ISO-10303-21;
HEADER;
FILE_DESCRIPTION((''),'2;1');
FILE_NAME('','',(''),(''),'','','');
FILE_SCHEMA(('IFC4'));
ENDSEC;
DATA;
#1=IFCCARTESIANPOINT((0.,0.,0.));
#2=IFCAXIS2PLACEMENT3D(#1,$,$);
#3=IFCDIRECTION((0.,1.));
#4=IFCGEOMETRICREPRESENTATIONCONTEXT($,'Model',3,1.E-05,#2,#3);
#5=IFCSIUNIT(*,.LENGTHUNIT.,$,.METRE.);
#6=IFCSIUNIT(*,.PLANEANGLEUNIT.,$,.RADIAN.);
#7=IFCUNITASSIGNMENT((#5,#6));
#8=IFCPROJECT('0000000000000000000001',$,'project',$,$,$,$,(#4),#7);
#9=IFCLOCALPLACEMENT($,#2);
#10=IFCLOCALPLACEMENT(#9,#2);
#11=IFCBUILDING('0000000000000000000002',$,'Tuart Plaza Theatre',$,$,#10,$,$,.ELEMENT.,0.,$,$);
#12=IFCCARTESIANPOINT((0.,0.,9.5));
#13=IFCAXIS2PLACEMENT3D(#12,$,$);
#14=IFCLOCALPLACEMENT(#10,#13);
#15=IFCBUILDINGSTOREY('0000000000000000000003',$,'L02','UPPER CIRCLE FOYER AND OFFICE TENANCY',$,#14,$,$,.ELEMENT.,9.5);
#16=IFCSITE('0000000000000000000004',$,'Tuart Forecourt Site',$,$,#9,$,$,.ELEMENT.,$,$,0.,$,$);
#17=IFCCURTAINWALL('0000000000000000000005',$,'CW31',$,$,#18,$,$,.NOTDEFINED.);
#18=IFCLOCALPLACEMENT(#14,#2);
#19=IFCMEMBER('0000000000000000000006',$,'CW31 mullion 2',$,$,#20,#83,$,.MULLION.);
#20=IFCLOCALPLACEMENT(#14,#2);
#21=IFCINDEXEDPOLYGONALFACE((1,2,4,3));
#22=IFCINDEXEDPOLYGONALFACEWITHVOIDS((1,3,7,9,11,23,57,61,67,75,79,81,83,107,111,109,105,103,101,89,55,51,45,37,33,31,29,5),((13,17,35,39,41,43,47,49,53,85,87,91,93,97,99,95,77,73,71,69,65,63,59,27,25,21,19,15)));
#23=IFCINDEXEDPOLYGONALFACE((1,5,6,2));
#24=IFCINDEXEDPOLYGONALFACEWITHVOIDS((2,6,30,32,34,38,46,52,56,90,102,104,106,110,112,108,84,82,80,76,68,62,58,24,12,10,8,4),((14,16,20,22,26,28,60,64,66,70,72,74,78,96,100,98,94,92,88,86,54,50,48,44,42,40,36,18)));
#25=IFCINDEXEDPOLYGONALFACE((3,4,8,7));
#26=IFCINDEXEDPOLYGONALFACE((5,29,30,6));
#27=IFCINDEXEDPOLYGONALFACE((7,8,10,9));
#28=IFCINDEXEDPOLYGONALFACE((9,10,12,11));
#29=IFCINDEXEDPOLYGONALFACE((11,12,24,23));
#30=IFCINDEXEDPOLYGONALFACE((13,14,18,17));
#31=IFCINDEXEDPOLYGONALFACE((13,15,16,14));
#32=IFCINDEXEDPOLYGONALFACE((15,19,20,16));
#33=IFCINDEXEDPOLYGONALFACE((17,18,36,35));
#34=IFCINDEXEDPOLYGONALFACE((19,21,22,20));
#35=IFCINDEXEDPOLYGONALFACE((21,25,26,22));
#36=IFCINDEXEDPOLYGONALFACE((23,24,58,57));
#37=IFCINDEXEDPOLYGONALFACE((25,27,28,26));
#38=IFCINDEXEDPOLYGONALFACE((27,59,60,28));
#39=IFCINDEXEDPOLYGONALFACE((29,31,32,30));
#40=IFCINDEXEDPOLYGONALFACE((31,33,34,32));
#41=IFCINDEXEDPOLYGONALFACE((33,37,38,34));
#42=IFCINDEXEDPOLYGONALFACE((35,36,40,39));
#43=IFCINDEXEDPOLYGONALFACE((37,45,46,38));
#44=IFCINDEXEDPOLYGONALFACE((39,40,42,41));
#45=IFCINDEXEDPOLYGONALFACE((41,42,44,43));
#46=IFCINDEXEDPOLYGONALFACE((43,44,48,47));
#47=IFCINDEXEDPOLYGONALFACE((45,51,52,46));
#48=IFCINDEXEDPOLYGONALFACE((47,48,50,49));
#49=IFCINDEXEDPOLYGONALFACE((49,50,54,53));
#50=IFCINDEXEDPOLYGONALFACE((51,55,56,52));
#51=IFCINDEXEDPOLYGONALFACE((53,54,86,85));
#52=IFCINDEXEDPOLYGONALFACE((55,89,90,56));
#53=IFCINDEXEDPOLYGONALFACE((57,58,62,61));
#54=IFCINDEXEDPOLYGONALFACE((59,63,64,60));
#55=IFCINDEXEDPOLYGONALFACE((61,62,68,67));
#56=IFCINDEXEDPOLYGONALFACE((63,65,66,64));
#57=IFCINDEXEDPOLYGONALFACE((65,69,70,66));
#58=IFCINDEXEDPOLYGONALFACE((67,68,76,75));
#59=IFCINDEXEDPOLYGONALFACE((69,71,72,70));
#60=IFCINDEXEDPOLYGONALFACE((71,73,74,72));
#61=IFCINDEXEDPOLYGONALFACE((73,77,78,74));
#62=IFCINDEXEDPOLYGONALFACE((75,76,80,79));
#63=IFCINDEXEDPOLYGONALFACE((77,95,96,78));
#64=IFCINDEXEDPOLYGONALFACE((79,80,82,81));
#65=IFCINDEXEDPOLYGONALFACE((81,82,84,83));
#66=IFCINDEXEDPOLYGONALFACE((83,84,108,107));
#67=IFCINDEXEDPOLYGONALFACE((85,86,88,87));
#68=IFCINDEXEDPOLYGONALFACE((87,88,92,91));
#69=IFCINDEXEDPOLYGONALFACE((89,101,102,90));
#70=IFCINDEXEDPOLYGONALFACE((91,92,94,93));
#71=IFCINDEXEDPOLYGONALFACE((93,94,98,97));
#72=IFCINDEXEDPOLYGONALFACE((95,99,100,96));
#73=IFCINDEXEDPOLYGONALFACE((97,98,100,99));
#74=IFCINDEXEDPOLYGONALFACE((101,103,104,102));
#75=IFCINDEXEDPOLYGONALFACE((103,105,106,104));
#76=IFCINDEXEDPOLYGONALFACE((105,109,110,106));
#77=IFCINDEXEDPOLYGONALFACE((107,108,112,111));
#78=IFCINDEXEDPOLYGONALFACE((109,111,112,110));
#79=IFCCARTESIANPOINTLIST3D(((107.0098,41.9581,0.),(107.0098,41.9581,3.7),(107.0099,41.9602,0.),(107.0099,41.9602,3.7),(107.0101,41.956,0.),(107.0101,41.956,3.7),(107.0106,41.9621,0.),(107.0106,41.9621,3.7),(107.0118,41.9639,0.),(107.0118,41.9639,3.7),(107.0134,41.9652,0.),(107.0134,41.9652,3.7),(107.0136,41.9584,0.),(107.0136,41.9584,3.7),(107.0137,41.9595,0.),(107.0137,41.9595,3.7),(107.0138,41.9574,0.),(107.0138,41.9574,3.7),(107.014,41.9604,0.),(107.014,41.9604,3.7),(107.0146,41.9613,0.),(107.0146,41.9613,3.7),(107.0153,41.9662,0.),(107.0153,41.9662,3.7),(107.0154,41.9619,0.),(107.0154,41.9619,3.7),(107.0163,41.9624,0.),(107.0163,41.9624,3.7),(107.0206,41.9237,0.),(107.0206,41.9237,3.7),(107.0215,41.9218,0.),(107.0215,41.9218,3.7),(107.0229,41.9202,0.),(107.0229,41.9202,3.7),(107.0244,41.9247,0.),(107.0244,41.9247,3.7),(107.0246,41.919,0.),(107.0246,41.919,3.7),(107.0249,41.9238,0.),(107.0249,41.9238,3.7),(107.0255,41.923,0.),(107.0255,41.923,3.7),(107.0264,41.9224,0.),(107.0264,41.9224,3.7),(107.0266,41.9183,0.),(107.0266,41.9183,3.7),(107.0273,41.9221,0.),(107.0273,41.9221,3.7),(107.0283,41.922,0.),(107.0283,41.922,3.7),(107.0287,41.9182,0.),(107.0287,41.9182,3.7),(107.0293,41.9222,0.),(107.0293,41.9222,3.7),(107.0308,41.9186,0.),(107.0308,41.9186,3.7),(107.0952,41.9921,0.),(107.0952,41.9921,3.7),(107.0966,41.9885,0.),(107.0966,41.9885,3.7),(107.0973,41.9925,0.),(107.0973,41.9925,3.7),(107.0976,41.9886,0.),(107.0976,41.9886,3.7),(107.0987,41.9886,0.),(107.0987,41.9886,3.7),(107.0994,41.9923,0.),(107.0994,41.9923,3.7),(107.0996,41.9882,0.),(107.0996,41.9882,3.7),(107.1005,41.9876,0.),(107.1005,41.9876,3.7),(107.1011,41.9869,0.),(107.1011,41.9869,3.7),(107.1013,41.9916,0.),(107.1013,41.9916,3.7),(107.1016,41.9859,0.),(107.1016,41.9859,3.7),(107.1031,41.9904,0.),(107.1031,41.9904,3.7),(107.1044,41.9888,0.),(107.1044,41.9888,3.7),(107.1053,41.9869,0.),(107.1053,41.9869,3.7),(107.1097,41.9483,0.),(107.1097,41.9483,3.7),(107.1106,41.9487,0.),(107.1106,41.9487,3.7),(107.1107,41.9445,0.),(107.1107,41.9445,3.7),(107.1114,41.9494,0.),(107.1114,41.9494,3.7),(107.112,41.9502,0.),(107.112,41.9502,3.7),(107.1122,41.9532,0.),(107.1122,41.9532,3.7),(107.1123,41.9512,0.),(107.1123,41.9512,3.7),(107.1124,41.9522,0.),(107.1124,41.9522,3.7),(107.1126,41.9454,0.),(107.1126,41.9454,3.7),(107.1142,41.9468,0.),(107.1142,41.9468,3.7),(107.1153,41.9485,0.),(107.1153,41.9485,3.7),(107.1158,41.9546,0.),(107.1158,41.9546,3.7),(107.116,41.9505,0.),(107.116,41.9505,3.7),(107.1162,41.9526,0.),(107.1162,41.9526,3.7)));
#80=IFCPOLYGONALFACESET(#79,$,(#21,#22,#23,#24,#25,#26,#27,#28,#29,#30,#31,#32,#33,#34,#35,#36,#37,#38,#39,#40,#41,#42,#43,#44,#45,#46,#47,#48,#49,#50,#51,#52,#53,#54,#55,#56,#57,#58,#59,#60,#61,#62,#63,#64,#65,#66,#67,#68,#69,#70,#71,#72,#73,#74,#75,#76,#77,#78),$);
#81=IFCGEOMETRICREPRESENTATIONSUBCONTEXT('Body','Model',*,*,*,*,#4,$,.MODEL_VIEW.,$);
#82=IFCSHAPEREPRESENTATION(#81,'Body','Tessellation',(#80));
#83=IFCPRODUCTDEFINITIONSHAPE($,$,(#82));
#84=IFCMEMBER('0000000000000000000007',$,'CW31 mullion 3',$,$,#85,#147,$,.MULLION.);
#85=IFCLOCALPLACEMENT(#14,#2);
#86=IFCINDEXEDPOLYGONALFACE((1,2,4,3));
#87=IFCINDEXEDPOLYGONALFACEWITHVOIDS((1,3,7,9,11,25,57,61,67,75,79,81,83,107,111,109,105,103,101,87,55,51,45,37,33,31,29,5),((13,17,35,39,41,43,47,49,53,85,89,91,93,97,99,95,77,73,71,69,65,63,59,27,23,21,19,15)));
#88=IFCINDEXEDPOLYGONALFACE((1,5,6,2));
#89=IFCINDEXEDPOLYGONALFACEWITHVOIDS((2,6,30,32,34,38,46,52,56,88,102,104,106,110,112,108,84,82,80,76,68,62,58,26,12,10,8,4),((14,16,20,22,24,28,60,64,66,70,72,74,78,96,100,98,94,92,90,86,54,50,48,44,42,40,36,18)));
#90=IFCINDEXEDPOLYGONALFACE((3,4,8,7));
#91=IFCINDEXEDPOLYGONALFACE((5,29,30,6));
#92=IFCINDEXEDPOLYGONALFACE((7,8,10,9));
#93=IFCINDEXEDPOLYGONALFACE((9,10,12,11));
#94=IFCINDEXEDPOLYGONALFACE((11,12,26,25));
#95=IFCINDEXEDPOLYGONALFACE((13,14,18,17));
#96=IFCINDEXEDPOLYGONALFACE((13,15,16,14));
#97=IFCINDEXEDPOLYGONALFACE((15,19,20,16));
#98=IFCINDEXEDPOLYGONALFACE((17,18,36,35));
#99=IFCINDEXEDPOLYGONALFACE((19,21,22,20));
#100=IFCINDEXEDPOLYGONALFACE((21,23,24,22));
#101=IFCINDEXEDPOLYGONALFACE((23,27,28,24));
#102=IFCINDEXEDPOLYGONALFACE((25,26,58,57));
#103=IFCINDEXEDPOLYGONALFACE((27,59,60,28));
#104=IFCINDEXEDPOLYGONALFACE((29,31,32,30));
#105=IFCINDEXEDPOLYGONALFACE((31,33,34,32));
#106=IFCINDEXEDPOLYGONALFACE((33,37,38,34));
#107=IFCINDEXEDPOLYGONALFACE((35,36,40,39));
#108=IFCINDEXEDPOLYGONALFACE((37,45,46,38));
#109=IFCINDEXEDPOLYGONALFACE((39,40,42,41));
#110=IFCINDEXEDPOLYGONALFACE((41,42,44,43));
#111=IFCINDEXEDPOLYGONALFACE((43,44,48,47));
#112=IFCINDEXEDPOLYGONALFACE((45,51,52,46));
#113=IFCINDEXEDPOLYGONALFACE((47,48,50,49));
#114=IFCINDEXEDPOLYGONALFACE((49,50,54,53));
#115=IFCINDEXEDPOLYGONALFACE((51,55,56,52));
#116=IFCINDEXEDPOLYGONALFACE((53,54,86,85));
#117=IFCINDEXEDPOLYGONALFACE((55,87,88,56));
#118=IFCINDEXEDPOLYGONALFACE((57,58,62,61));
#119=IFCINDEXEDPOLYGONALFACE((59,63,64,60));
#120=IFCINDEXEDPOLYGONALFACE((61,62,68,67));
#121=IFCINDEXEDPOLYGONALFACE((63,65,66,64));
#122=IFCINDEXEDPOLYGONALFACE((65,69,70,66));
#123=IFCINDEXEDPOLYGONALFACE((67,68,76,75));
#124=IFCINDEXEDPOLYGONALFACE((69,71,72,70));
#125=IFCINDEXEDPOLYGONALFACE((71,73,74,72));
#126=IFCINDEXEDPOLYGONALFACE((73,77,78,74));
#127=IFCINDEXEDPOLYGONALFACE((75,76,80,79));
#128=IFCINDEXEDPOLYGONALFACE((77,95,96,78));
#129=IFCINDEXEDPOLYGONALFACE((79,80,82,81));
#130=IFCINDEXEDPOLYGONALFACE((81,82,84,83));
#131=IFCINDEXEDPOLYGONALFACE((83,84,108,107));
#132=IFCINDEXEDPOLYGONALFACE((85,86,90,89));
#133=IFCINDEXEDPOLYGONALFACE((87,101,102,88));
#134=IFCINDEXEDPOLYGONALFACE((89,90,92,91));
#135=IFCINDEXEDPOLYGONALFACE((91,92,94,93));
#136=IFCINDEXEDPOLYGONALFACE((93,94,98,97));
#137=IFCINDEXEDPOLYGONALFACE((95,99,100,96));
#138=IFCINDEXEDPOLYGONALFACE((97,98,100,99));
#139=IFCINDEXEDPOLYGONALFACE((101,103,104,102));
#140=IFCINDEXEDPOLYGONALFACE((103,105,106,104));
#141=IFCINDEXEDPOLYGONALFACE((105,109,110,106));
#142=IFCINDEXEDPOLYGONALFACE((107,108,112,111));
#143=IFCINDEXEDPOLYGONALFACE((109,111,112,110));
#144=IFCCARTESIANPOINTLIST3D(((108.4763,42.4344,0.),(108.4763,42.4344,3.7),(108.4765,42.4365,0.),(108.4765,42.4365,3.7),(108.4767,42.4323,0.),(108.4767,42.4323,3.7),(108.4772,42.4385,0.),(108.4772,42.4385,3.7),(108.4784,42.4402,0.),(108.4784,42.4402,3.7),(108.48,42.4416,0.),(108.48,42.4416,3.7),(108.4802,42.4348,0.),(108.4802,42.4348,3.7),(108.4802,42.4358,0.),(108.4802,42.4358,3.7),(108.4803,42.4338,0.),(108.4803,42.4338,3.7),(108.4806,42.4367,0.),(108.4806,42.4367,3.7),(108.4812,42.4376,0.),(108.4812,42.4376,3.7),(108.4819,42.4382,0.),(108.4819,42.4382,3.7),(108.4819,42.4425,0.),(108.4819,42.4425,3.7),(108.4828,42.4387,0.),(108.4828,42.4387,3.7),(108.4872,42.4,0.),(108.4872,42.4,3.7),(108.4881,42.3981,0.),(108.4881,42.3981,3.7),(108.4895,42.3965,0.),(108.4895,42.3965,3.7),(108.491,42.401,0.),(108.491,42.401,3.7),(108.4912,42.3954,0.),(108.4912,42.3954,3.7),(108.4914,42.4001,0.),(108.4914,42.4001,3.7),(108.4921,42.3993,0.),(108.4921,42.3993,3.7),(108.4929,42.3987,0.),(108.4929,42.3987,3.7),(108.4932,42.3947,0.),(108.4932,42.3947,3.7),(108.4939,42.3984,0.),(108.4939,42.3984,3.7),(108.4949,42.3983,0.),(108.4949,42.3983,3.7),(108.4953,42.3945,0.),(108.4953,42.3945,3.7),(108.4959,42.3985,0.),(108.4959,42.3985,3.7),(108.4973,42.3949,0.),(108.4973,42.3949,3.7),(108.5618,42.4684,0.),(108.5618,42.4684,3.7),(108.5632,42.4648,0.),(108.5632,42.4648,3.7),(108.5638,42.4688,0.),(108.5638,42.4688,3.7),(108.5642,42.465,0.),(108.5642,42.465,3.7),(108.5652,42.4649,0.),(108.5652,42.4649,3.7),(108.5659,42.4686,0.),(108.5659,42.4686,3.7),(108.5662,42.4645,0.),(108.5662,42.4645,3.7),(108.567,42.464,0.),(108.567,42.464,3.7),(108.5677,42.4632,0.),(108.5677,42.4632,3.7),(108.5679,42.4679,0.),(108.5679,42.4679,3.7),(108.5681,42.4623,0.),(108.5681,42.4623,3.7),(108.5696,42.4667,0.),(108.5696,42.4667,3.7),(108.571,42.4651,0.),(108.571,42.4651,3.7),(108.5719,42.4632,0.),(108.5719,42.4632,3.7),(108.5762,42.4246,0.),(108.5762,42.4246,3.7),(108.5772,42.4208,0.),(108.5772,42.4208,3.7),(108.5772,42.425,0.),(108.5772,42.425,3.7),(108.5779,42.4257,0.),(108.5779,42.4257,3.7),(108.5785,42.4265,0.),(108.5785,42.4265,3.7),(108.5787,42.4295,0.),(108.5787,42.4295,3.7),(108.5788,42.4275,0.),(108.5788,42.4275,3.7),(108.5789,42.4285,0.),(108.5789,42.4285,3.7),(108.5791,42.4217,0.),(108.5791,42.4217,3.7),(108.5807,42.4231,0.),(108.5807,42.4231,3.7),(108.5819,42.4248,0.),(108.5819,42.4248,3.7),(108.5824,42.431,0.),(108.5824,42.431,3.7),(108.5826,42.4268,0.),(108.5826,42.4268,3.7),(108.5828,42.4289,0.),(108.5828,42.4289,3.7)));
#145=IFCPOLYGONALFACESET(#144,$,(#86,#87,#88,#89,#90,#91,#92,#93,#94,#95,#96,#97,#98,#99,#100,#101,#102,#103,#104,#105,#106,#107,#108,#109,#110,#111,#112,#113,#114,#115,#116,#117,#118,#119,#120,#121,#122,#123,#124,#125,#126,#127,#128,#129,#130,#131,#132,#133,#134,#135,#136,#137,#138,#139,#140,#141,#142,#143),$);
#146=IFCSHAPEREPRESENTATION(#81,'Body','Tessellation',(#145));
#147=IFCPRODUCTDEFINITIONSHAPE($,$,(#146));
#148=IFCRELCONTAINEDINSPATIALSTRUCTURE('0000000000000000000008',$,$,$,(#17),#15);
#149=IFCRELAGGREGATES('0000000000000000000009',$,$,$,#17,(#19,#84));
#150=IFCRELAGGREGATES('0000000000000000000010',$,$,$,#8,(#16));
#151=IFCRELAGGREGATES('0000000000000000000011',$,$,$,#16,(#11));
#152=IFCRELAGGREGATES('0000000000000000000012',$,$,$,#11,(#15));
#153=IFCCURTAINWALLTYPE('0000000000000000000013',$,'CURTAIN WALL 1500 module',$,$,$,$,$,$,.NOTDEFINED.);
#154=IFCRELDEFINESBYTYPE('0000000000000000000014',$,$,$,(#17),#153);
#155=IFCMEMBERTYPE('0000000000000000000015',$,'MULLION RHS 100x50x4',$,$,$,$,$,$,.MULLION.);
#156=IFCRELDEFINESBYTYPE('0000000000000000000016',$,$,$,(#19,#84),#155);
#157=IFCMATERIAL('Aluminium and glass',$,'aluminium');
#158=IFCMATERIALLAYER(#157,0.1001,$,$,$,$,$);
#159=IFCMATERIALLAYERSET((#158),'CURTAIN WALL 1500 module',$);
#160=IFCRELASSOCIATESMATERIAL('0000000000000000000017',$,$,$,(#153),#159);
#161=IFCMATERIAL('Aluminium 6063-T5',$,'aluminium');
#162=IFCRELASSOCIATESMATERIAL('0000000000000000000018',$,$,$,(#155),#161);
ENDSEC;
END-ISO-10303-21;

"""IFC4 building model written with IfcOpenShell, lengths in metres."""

from ifc_helpers import new_model, si_unit, direction, frame, origin, origin_2d, place, context, subcontext, project, spatial, hollow_rectangle, extrude, material, layer, layer_set, material_profile, profile_set, type_object, element, aggregate, save


model = new_model("IFC4")

# Units and contexts
model_context = context("Model", 3, precision=1e-05, world=origin(), true_north=direction((0.0, 1.0)))
body_context = subcontext(model_context, "Body", "Model", "MODEL_VIEW")
ifc_project = project(units=[si_unit("LENGTHUNIT", "METRE"), si_unit("PLANEANGLEUNIT", "RADIAN")], contexts=[model_context])

# Site, building, storey
site_placement = place(None, origin())
site = spatial("IfcSite", under=ifc_project, at=site_placement, Name="Tuart Forecourt Site", CompositionType="ELEMENT", RefElevation=0.0)
building_placement = place(site_placement, origin())
building = spatial("IfcBuilding", under=site, at=building_placement, Name="Tuart Plaza Theatre", CompositionType="ELEMENT", ElevationOfRefHeight=0.0)
storey_placement = place(building_placement, frame((0.0, 0.0, 9.5)))
storey = spatial("IfcBuildingStorey", under=building, at=storey_placement, Name="L02", Description="UPPER CIRCLE FOYER AND OFFICE TENANCY", CompositionType="ELEMENT", Elevation=9.5)

# Curtain wall, members
ifc_material_1 = material(Name="Aluminium and glass", Category="aluminium")
ifc_layer_1 = layer(ifc_material_1, 0.1001)
ifc_layer_set_1 = layer_set([ifc_layer_1], Name="CURTAIN WALL 1500 module")
curtain_wall_type = type_object("IfcCurtainWallType", Name="CURTAIN WALL 1500 module", PredefinedType="NOTDEFINED", material=ifc_layer_set_1)
curtain_wall_1_placement = place(storey_placement, origin())
curtain_wall_1 = element("IfcCurtainWall", 1, at=curtain_wall_1_placement, inside=storey, type_object=curtain_wall_type, Name="CW31", PredefinedType="NOTDEFINED")
ifc_material_2 = material(Name="Aluminium 6063-T5", Category="aluminium")
ifc_material_profile_1 = material_profile(ifc_material_2, hollow_rectangle(XDim=0.05, YDim=0.1001, WallThickness=0.0039, InnerFilletRadius=0.0039, OuterFilletRadius=0.0081, at=origin_2d()), Name="RHS 100x50x4")
ifc_profile_set_1 = profile_set([ifc_material_profile_1], Name="Aluminium 6063-T5")
member_type_1 = type_object("IfcMemberType", Name="MULLION RHS 100x50x4", PredefinedType="MULLION", material=ifc_profile_set_1)
member_1_placement = place(storey_placement, frame((107.063, 41.9553, 0.0), z_axis=(0.0, 0.0, 1.0), x_axis=(-0.308885, 0.951099, 0.0)))
member_1 = element("IfcMember", 2, at=member_1_placement, type_object=member_type_1, Name="CW31 mullion 2", PredefinedType="MULLION", context=body_context, shape_type="SweptSolid", body=[
    extrude(hollow_rectangle(XDim=0.05, YDim=0.1001, WallThickness=0.0039, InnerFilletRadius=0.0039, OuterFilletRadius=0.0081, at=origin_2d()), origin(), (0.0, 0.0, 1.0), 3.7),
])
member_2_placement = place(storey_placement, frame((108.5295, 42.4316, 0.0), z_axis=(0.0, 0.0, 1.0), x_axis=(-0.308885, 0.951099, 0.0)))
member_2 = element("IfcMember", 3, at=member_2_placement, type_object=member_type_1, Name="CW31 mullion 3", PredefinedType="MULLION", context=body_context, shape_type="SweptSolid", body=[
    extrude(hollow_rectangle(XDim=0.05, YDim=0.1001, WallThickness=0.0039, InnerFilletRadius=0.0039, OuterFilletRadius=0.0081, at=origin_2d()), origin(), (0.0, 0.0, 1.0), 3.7),
])

aggregate(curtain_wall_1, [member_1, member_2])

save(model, "model.ifc")
